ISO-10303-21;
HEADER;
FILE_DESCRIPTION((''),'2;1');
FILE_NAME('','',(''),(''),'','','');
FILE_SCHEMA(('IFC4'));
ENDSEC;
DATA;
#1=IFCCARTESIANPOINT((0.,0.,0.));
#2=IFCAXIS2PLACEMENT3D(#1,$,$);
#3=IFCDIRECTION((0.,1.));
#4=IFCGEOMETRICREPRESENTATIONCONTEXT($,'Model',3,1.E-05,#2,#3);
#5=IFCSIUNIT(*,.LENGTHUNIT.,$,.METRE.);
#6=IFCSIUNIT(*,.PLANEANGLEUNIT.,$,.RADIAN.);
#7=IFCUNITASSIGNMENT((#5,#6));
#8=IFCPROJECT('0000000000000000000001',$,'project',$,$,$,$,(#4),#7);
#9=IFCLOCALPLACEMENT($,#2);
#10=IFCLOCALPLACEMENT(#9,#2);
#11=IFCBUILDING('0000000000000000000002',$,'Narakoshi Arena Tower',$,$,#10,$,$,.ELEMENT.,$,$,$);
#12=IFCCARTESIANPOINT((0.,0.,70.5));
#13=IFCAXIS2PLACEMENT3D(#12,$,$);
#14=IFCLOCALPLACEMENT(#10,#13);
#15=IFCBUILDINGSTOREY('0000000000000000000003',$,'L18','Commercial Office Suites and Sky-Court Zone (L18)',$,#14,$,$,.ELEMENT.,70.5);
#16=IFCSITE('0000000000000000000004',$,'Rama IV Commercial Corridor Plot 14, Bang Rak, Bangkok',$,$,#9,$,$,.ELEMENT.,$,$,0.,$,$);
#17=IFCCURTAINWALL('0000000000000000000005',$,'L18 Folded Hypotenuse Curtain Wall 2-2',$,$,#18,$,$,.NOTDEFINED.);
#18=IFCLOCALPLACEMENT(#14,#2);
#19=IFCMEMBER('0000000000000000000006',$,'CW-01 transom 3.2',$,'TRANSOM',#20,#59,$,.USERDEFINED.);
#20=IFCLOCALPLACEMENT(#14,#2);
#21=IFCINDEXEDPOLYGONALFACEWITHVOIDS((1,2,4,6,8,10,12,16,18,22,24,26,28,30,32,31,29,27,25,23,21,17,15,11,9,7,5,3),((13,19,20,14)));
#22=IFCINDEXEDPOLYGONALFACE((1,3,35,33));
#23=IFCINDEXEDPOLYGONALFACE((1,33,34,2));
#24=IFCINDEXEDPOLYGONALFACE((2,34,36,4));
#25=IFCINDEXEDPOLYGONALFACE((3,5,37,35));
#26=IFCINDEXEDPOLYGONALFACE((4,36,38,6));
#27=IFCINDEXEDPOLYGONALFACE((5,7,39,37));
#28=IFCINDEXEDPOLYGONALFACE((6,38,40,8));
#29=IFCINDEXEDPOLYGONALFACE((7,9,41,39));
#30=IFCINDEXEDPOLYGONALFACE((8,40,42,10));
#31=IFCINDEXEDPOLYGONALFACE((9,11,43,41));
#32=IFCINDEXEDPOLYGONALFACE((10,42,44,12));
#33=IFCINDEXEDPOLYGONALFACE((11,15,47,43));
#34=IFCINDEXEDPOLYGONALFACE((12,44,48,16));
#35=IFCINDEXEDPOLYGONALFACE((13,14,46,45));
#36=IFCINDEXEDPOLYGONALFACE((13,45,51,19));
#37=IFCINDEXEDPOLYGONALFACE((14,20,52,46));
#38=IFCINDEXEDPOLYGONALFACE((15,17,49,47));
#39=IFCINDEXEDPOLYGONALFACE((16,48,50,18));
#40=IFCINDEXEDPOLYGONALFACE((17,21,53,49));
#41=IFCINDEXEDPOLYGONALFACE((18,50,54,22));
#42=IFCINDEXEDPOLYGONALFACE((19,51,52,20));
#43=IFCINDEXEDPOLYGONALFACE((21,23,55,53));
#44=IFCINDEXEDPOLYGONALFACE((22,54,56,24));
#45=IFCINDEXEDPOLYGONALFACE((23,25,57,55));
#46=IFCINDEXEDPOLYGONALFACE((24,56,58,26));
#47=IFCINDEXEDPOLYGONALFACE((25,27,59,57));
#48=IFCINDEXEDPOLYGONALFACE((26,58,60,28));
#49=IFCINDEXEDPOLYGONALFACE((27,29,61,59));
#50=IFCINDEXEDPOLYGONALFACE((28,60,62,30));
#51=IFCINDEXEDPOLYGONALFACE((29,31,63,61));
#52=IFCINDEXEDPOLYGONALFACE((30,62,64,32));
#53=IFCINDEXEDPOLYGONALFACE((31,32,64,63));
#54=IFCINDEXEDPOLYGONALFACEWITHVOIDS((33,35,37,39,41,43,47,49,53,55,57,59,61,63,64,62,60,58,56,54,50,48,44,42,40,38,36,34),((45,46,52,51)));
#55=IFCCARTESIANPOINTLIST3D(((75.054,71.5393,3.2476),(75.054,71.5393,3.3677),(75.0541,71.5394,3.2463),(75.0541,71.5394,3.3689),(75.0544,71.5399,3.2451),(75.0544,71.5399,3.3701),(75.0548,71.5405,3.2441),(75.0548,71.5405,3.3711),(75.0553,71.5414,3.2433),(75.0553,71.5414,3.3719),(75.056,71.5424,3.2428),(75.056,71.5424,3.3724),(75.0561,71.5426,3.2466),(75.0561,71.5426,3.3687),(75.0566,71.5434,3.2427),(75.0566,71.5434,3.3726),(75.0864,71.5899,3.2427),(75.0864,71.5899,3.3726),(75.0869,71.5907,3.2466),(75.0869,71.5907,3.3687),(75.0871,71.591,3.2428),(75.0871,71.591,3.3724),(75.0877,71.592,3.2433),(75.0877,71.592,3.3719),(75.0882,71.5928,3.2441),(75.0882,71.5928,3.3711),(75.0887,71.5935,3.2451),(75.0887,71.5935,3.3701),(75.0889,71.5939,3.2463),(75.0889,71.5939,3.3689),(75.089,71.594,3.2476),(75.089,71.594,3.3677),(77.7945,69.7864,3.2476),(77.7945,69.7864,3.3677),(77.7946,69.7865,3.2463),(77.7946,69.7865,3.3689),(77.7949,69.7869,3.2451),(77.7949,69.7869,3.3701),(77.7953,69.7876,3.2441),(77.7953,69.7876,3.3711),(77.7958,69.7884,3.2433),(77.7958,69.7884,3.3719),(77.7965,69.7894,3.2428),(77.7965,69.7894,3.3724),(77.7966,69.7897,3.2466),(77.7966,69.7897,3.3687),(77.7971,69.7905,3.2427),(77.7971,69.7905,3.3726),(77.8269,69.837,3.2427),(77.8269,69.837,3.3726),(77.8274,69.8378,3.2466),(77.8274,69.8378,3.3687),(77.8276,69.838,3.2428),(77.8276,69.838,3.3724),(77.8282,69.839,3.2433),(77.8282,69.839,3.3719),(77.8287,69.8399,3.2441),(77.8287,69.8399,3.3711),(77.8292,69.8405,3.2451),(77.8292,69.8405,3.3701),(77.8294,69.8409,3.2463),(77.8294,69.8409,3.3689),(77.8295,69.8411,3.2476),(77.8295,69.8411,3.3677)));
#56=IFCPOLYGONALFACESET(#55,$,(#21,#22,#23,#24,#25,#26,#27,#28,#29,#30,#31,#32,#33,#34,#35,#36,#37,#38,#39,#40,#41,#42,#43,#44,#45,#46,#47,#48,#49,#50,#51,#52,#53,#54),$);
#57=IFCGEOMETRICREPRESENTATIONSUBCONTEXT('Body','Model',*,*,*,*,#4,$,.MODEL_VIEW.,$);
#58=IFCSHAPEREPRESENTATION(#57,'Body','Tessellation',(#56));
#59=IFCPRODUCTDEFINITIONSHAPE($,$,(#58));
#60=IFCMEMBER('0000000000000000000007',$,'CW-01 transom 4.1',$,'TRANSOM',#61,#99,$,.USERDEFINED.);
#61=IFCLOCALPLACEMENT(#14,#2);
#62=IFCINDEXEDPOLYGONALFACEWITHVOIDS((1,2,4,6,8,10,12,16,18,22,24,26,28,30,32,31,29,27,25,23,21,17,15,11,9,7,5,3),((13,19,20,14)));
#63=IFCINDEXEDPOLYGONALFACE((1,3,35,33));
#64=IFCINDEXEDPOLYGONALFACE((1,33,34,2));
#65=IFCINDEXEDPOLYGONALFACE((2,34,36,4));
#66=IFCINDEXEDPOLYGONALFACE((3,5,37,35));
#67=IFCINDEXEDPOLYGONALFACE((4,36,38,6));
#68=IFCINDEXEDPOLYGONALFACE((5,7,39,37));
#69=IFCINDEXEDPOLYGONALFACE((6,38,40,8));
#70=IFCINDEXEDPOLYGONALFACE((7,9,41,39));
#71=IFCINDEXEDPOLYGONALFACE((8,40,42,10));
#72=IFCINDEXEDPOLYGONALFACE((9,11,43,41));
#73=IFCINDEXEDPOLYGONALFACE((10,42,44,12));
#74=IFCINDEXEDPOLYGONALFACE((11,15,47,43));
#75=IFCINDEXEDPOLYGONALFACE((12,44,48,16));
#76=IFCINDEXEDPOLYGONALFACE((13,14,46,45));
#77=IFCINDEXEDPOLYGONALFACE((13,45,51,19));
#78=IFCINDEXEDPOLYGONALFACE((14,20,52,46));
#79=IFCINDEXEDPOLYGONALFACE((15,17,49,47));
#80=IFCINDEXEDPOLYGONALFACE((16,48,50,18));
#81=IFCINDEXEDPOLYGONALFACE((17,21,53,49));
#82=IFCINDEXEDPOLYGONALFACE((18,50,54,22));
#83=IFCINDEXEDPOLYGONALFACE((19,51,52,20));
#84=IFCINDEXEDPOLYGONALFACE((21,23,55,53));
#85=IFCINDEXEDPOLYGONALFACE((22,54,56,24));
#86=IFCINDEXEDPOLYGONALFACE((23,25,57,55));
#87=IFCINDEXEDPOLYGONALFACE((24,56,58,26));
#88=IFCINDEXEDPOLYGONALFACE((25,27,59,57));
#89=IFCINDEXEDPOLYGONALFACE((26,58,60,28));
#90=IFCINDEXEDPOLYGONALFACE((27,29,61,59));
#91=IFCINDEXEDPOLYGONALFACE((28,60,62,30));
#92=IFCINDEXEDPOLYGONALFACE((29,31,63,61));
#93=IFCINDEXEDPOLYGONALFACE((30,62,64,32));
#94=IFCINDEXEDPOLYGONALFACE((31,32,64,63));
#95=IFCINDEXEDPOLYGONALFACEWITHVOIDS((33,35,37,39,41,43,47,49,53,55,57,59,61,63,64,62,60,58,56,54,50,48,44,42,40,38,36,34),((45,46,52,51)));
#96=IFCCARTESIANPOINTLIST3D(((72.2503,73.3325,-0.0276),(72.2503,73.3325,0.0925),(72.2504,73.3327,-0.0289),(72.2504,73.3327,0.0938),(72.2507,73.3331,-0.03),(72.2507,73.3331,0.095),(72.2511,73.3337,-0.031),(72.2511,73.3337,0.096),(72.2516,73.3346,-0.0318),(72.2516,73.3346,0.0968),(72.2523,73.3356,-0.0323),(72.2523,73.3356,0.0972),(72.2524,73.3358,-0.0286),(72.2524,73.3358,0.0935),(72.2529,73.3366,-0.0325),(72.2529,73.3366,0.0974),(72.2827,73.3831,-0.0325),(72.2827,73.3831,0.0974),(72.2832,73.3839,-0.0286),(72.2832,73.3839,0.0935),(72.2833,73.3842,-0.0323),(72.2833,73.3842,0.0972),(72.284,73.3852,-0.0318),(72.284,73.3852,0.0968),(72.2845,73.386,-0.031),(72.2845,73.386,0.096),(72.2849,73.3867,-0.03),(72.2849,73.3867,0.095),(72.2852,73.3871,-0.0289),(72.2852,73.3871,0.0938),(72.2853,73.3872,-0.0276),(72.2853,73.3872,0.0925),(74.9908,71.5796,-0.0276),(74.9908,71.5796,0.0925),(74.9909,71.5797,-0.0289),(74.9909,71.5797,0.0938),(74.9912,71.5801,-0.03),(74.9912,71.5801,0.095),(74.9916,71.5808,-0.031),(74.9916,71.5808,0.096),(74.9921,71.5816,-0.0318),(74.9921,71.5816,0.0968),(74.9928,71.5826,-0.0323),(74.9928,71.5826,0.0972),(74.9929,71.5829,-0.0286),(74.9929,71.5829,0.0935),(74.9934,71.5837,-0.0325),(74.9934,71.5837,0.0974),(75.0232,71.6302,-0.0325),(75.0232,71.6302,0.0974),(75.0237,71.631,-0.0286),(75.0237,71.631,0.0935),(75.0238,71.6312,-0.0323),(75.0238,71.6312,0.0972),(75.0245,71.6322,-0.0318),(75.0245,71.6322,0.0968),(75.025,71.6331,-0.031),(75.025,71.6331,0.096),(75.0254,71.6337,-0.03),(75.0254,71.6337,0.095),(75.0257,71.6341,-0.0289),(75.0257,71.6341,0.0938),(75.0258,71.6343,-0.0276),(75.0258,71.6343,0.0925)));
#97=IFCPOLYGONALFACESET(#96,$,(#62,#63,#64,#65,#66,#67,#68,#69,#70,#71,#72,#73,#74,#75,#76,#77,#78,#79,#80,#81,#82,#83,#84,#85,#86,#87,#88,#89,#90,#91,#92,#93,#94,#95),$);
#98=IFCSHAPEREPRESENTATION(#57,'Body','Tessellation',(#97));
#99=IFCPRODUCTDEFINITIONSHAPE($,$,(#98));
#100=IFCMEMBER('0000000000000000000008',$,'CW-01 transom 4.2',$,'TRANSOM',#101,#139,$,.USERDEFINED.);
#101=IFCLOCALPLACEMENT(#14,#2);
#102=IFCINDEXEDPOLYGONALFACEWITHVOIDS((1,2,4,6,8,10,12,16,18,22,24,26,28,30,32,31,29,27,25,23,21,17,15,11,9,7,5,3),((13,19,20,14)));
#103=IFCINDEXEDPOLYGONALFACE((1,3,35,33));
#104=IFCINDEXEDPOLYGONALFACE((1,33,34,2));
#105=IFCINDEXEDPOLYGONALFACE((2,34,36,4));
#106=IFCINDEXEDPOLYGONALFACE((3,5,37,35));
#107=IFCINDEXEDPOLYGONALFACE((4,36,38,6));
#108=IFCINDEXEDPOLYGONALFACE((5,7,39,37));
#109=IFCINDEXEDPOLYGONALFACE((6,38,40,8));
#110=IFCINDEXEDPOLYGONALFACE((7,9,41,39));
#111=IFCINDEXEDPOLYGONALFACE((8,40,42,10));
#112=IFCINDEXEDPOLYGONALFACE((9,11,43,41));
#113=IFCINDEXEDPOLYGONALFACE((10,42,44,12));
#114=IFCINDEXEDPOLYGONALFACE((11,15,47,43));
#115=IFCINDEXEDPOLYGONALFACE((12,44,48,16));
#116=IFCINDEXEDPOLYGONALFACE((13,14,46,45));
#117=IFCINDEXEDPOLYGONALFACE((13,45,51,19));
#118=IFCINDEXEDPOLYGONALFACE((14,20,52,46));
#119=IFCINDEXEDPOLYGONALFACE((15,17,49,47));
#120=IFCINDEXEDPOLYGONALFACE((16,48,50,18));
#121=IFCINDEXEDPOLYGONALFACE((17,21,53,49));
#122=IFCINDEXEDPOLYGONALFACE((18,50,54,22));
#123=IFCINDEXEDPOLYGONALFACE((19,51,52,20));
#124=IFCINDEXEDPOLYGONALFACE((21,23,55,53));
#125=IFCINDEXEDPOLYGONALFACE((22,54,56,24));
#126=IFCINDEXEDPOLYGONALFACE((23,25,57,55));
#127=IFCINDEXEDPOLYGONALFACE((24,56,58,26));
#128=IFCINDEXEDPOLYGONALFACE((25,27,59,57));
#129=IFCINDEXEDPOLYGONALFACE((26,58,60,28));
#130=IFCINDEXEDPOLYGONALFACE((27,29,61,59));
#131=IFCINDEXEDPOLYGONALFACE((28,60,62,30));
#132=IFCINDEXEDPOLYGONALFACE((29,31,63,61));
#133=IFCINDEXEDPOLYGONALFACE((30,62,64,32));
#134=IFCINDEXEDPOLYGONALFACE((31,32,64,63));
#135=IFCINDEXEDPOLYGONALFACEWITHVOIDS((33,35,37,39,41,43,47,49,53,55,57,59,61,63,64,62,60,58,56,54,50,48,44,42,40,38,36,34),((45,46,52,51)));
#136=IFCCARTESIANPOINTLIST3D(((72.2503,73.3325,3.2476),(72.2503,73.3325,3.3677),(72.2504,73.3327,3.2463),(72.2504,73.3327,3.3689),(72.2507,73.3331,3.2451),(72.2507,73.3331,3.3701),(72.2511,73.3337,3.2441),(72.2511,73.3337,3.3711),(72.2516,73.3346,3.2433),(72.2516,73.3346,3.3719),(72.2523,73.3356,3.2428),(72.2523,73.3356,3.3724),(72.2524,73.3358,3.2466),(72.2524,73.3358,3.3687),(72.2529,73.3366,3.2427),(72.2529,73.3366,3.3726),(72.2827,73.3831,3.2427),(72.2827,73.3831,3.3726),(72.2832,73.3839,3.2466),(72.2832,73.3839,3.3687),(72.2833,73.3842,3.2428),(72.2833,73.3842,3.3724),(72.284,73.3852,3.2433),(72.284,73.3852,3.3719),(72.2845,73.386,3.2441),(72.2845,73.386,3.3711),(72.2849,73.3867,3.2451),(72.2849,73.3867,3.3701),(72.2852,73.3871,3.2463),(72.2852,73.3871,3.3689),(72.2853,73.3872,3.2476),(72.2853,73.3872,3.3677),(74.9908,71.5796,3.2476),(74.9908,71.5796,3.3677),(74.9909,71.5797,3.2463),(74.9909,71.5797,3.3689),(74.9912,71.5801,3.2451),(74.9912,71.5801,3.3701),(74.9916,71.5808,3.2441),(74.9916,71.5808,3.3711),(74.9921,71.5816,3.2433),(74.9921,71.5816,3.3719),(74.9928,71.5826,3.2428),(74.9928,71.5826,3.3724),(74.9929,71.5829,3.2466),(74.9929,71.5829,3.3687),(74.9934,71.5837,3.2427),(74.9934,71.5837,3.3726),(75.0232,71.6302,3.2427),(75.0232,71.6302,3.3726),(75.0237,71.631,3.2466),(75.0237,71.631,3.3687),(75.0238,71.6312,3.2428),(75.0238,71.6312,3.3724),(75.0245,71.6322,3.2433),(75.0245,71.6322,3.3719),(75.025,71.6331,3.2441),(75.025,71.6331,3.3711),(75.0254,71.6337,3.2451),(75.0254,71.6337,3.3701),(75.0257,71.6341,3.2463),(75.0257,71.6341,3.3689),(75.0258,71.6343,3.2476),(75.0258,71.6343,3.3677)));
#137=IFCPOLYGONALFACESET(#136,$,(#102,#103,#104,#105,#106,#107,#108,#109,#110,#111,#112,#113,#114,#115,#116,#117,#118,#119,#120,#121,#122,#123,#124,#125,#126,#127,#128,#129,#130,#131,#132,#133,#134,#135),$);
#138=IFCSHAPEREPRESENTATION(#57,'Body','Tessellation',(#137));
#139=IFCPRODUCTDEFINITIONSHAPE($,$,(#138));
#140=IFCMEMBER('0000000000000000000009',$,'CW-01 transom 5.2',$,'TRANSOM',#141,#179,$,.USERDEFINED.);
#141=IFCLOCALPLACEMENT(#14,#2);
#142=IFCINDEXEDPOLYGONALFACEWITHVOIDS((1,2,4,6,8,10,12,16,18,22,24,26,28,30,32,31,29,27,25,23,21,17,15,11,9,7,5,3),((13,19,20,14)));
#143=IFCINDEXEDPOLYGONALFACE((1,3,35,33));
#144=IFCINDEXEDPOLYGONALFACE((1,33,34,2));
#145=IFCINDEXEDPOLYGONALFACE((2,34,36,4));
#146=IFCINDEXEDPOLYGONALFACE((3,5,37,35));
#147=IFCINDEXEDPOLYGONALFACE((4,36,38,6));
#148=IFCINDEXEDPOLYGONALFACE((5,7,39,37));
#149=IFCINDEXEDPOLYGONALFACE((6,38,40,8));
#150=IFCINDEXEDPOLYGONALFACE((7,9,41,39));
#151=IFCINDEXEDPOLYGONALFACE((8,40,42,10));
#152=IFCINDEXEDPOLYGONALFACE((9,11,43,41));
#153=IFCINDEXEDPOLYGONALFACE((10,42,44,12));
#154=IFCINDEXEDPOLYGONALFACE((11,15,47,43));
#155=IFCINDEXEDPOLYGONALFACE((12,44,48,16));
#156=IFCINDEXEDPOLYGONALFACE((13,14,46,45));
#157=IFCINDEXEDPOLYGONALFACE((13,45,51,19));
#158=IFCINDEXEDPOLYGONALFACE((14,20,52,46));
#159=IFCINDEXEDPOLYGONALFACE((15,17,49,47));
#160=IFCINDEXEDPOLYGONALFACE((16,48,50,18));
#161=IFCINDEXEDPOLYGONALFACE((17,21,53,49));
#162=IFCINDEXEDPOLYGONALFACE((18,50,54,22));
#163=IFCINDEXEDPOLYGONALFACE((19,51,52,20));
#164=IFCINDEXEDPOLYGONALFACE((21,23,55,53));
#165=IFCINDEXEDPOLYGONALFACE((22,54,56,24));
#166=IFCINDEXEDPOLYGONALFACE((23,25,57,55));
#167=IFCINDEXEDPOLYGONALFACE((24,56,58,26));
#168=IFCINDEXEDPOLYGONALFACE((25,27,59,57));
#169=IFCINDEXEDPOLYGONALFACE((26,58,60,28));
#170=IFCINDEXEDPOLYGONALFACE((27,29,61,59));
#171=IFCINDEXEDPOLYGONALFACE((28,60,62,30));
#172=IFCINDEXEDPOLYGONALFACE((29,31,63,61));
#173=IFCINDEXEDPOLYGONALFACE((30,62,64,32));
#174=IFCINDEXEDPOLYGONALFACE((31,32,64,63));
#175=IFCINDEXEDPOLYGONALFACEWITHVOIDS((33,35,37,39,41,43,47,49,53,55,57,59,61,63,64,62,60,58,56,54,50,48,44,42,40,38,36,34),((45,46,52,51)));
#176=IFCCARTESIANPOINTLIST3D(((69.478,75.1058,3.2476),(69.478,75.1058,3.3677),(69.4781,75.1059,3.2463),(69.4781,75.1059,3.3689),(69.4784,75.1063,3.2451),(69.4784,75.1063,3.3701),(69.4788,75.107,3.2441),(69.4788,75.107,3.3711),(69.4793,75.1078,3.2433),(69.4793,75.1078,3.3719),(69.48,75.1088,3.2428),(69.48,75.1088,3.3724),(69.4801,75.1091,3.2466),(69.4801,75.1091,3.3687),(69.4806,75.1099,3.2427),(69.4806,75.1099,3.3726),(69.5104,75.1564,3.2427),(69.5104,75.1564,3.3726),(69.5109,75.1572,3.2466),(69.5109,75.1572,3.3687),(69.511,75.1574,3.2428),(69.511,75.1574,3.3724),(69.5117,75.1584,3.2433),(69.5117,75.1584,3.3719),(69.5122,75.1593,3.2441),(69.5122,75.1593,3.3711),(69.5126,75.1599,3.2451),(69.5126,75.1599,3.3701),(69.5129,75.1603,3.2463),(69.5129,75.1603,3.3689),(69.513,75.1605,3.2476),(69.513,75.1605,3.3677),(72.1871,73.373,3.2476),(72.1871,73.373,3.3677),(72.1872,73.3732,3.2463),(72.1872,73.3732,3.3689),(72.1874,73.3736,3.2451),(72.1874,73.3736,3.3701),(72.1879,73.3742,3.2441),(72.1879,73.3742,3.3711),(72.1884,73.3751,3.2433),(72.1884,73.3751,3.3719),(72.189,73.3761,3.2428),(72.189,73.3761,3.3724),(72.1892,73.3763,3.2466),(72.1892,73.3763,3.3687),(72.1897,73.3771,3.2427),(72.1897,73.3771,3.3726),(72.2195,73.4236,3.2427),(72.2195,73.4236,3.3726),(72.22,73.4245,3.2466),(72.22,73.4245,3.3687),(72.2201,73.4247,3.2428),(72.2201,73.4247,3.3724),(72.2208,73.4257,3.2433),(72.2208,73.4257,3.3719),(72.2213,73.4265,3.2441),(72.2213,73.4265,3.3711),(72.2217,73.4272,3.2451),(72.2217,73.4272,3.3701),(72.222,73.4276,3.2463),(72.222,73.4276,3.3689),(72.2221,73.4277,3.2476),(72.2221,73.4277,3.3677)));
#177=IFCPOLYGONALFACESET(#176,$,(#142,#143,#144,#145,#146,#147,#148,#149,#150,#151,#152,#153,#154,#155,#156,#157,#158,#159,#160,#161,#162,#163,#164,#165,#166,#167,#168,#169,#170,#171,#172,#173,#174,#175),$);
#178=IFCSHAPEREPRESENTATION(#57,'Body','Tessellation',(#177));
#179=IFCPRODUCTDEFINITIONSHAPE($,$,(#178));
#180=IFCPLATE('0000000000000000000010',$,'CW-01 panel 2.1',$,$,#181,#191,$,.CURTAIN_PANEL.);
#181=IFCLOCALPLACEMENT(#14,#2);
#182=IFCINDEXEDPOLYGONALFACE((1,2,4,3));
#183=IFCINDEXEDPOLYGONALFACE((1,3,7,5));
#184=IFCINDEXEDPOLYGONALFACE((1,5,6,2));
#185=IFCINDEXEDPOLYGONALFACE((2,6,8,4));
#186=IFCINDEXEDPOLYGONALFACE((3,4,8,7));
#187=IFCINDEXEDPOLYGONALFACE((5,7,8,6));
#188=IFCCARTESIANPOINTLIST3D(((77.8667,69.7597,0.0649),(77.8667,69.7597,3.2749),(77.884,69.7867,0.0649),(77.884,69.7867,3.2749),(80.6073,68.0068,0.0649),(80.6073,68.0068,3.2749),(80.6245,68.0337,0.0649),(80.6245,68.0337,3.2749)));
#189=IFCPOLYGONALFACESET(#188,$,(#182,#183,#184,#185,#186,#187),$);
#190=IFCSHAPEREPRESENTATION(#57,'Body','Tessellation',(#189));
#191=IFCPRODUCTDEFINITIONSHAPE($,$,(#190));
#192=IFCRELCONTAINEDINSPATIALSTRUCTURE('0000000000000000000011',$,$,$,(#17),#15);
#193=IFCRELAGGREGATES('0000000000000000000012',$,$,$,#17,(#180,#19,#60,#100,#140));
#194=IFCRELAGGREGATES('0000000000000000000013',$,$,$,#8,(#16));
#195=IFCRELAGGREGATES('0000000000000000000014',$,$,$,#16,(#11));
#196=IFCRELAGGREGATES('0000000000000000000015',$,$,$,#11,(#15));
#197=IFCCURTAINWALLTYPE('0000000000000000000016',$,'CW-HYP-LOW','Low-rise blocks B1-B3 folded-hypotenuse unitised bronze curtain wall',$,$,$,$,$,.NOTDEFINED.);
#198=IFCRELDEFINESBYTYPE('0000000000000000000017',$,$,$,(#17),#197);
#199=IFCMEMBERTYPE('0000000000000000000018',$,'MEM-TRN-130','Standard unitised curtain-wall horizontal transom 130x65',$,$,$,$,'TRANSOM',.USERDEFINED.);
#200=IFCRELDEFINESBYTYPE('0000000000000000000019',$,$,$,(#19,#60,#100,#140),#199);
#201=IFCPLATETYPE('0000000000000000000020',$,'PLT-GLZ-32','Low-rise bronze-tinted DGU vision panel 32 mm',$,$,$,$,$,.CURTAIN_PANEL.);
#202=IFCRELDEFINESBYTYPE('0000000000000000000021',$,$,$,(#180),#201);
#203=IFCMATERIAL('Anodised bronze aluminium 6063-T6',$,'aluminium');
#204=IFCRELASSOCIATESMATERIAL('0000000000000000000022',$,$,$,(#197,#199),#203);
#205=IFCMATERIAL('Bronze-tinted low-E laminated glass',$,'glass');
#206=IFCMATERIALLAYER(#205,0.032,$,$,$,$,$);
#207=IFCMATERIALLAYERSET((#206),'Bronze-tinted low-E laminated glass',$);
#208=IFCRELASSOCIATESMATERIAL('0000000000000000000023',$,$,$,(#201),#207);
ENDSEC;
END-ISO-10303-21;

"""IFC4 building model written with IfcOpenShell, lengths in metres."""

from ifc_helpers import new_model, si_unit, direction, frame, origin, origin_2d, place, context, subcontext, project, spatial, rectangle, hollow_rectangle, extrude, material, layer, layer_set, material_profile, profile_set, type_object, element, aggregate, save


model = new_model("IFC4")

# Units and contexts
model_context = context("Model", 3, precision=1e-05, world=origin(), true_north=direction((0.0, 1.0)))
body_context = subcontext(model_context, "Body", "Model", "MODEL_VIEW")
ifc_project = project(units=[si_unit("LENGTHUNIT", "METRE"), si_unit("PLANEANGLEUNIT", "RADIAN")], contexts=[model_context])

# Site, building, storey
site_placement = place(None, origin())
site = spatial("IfcSite", under=ifc_project, at=site_placement, Name="Rama IV Commercial Corridor Plot 14, Bang Rak, Bangkok", CompositionType="ELEMENT", RefElevation=0.0)
building_placement = place(site_placement, origin())
building = spatial("IfcBuilding", under=site, at=building_placement, Name="Narakoshi Arena Tower", CompositionType="ELEMENT")
storey_placement = place(building_placement, frame((0.0, 0.0, 70.5)))
storey = spatial("IfcBuildingStorey", under=building, at=storey_placement, Name="L18", Description="Commercial Office Suites and Sky-Court Zone (L18)", CompositionType="ELEMENT", Elevation=70.5)

# Curtain wall, members, plate
ifc_material_1 = material(Name="Anodised bronze aluminium 6063-T6", Category="aluminium")
curtain_wall_type = type_object("IfcCurtainWallType", Name="CW-HYP-LOW", Description="Low-rise blocks B1-B3 folded-hypotenuse unitised bronze curtain wall", PredefinedType="NOTDEFINED", material=ifc_material_1)
curtain_wall_placement = place(storey_placement, origin())
curtain_wall = element("IfcCurtainWall", 1, at=curtain_wall_placement, inside=storey, type_object=curtain_wall_type, Name="L18 Folded Hypotenuse Curtain Wall 2-2", PredefinedType="NOTDEFINED")
ifc_material_profile_1 = material_profile(ifc_material_1, hollow_rectangle(XDim=0.0649, YDim=0.1299, WallThickness=0.0039, OuterFilletRadius=0.0049, at=origin_2d()), Name="TRN130x65x4")
ifc_profile_set_1 = profile_set([ifc_material_profile_1], Name="Anodised bronze aluminium 6063-T6")
member_type_1 = type_object("IfcMemberType", Name="MEM-TRN-130", Description="Standard unitised curtain-wall horizontal transom 130x65", ElementType="TRANSOM", PredefinedType="USERDEFINED", material=ifc_profile_set_1)
member_1_placement = place(storey_placement, frame((77.812, 69.8137, 3.3076), z_axis=(-0.842408, 0.538841, 0.0), x_axis=(-0.538841, -0.842408, 0.0)))
member_1 = element("IfcMember", 2, at=member_1_placement, type_object=member_type_1, Name="CW-01 transom 3.2", ObjectType="TRANSOM", PredefinedType="USERDEFINED", context=body_context, shape_type="SweptSolid", body=[
    extrude(hollow_rectangle(XDim=0.0649, YDim=0.1299, WallThickness=0.0039, OuterFilletRadius=0.0049, at=origin_2d()), origin(), (0.0, 0.0, 1.0), 3.2532),
])
member_2_placement = place(storey_placement, frame((75.0083, 71.6069, 0.0325), z_axis=(-0.842408, 0.538841, 0.0), x_axis=(-0.538841, -0.842408, 0.0)))
member_2 = element("IfcMember", 3, at=member_2_placement, type_object=member_type_1, Name="CW-01 transom 4.1", ObjectType="TRANSOM", PredefinedType="USERDEFINED", context=body_context, shape_type="SweptSolid", body=[
    extrude(hollow_rectangle(XDim=0.0649, YDim=0.1299, WallThickness=0.0039, OuterFilletRadius=0.0049, at=origin_2d()), origin(), (0.0, 0.0, 1.0), 3.2532),
])
member_3_placement = place(storey_placement, frame((75.0083, 71.6069, 3.3076), z_axis=(-0.842408, 0.538841, 0.0), x_axis=(-0.538841, -0.842408, 0.0)))
member_3 = element("IfcMember", 4, at=member_3_placement, type_object=member_type_1, Name="CW-01 transom 4.2", ObjectType="TRANSOM", PredefinedType="USERDEFINED", context=body_context, shape_type="SweptSolid", body=[
    extrude(hollow_rectangle(XDim=0.0649, YDim=0.1299, WallThickness=0.0039, OuterFilletRadius=0.0049, at=origin_2d()), origin(), (0.0, 0.0, 1.0), 3.2532),
])
member_4_placement = place(storey_placement, frame((72.2046, 73.4004, 3.3076), z_axis=(-0.842424, 0.538815, 0.0), x_axis=(-0.538815, -0.842424, 0.0)))
member_4 = element("IfcMember", 5, at=member_4_placement, type_object=member_type_1, Name="CW-01 transom 5.2", ObjectType="TRANSOM", PredefinedType="USERDEFINED", context=body_context, shape_type="SweptSolid", body=[
    extrude(hollow_rectangle(XDim=0.0649, YDim=0.1299, WallThickness=0.0039, OuterFilletRadius=0.0049, at=origin_2d()), origin(), (0.0, 0.0, 1.0), 3.2158),
])
ifc_material_2 = material(Name="Bronze-tinted low-E laminated glass", Category="glass")
ifc_layer_1 = layer(ifc_material_2, 0.032)
ifc_layer_set_1 = layer_set([ifc_layer_1], Name="Bronze-tinted low-E laminated glass")
plate_type = type_object("IfcPlateType", Name="PLT-GLZ-32", Description="Low-rise bronze-tinted DGU vision panel 32 mm", PredefinedType="CURTAIN_PANEL", material=ifc_layer_set_1)
plate_1_placement = place(storey_placement, frame((79.2456, 68.8967, 0.0649), z_axis=(0.0, 0.0, 1.0), x_axis=(-0.842415, 0.538829, 0.0)))
plate_1 = element("IfcPlate", 6, at=plate_1_placement, type_object=plate_type, Name="CW-01 panel 2.1", PredefinedType="CURTAIN_PANEL", context=body_context, shape_type="SweptSolid", body=[
    extrude(rectangle(XDim=3.2532, YDim=0.032, at=origin_2d()), origin(), (0.0, 0.0, 1.0), 3.21),
])
aggregate(curtain_wall, [plate_1, member_1, member_2, member_3, member_4])

save(model, "model.ifc")
